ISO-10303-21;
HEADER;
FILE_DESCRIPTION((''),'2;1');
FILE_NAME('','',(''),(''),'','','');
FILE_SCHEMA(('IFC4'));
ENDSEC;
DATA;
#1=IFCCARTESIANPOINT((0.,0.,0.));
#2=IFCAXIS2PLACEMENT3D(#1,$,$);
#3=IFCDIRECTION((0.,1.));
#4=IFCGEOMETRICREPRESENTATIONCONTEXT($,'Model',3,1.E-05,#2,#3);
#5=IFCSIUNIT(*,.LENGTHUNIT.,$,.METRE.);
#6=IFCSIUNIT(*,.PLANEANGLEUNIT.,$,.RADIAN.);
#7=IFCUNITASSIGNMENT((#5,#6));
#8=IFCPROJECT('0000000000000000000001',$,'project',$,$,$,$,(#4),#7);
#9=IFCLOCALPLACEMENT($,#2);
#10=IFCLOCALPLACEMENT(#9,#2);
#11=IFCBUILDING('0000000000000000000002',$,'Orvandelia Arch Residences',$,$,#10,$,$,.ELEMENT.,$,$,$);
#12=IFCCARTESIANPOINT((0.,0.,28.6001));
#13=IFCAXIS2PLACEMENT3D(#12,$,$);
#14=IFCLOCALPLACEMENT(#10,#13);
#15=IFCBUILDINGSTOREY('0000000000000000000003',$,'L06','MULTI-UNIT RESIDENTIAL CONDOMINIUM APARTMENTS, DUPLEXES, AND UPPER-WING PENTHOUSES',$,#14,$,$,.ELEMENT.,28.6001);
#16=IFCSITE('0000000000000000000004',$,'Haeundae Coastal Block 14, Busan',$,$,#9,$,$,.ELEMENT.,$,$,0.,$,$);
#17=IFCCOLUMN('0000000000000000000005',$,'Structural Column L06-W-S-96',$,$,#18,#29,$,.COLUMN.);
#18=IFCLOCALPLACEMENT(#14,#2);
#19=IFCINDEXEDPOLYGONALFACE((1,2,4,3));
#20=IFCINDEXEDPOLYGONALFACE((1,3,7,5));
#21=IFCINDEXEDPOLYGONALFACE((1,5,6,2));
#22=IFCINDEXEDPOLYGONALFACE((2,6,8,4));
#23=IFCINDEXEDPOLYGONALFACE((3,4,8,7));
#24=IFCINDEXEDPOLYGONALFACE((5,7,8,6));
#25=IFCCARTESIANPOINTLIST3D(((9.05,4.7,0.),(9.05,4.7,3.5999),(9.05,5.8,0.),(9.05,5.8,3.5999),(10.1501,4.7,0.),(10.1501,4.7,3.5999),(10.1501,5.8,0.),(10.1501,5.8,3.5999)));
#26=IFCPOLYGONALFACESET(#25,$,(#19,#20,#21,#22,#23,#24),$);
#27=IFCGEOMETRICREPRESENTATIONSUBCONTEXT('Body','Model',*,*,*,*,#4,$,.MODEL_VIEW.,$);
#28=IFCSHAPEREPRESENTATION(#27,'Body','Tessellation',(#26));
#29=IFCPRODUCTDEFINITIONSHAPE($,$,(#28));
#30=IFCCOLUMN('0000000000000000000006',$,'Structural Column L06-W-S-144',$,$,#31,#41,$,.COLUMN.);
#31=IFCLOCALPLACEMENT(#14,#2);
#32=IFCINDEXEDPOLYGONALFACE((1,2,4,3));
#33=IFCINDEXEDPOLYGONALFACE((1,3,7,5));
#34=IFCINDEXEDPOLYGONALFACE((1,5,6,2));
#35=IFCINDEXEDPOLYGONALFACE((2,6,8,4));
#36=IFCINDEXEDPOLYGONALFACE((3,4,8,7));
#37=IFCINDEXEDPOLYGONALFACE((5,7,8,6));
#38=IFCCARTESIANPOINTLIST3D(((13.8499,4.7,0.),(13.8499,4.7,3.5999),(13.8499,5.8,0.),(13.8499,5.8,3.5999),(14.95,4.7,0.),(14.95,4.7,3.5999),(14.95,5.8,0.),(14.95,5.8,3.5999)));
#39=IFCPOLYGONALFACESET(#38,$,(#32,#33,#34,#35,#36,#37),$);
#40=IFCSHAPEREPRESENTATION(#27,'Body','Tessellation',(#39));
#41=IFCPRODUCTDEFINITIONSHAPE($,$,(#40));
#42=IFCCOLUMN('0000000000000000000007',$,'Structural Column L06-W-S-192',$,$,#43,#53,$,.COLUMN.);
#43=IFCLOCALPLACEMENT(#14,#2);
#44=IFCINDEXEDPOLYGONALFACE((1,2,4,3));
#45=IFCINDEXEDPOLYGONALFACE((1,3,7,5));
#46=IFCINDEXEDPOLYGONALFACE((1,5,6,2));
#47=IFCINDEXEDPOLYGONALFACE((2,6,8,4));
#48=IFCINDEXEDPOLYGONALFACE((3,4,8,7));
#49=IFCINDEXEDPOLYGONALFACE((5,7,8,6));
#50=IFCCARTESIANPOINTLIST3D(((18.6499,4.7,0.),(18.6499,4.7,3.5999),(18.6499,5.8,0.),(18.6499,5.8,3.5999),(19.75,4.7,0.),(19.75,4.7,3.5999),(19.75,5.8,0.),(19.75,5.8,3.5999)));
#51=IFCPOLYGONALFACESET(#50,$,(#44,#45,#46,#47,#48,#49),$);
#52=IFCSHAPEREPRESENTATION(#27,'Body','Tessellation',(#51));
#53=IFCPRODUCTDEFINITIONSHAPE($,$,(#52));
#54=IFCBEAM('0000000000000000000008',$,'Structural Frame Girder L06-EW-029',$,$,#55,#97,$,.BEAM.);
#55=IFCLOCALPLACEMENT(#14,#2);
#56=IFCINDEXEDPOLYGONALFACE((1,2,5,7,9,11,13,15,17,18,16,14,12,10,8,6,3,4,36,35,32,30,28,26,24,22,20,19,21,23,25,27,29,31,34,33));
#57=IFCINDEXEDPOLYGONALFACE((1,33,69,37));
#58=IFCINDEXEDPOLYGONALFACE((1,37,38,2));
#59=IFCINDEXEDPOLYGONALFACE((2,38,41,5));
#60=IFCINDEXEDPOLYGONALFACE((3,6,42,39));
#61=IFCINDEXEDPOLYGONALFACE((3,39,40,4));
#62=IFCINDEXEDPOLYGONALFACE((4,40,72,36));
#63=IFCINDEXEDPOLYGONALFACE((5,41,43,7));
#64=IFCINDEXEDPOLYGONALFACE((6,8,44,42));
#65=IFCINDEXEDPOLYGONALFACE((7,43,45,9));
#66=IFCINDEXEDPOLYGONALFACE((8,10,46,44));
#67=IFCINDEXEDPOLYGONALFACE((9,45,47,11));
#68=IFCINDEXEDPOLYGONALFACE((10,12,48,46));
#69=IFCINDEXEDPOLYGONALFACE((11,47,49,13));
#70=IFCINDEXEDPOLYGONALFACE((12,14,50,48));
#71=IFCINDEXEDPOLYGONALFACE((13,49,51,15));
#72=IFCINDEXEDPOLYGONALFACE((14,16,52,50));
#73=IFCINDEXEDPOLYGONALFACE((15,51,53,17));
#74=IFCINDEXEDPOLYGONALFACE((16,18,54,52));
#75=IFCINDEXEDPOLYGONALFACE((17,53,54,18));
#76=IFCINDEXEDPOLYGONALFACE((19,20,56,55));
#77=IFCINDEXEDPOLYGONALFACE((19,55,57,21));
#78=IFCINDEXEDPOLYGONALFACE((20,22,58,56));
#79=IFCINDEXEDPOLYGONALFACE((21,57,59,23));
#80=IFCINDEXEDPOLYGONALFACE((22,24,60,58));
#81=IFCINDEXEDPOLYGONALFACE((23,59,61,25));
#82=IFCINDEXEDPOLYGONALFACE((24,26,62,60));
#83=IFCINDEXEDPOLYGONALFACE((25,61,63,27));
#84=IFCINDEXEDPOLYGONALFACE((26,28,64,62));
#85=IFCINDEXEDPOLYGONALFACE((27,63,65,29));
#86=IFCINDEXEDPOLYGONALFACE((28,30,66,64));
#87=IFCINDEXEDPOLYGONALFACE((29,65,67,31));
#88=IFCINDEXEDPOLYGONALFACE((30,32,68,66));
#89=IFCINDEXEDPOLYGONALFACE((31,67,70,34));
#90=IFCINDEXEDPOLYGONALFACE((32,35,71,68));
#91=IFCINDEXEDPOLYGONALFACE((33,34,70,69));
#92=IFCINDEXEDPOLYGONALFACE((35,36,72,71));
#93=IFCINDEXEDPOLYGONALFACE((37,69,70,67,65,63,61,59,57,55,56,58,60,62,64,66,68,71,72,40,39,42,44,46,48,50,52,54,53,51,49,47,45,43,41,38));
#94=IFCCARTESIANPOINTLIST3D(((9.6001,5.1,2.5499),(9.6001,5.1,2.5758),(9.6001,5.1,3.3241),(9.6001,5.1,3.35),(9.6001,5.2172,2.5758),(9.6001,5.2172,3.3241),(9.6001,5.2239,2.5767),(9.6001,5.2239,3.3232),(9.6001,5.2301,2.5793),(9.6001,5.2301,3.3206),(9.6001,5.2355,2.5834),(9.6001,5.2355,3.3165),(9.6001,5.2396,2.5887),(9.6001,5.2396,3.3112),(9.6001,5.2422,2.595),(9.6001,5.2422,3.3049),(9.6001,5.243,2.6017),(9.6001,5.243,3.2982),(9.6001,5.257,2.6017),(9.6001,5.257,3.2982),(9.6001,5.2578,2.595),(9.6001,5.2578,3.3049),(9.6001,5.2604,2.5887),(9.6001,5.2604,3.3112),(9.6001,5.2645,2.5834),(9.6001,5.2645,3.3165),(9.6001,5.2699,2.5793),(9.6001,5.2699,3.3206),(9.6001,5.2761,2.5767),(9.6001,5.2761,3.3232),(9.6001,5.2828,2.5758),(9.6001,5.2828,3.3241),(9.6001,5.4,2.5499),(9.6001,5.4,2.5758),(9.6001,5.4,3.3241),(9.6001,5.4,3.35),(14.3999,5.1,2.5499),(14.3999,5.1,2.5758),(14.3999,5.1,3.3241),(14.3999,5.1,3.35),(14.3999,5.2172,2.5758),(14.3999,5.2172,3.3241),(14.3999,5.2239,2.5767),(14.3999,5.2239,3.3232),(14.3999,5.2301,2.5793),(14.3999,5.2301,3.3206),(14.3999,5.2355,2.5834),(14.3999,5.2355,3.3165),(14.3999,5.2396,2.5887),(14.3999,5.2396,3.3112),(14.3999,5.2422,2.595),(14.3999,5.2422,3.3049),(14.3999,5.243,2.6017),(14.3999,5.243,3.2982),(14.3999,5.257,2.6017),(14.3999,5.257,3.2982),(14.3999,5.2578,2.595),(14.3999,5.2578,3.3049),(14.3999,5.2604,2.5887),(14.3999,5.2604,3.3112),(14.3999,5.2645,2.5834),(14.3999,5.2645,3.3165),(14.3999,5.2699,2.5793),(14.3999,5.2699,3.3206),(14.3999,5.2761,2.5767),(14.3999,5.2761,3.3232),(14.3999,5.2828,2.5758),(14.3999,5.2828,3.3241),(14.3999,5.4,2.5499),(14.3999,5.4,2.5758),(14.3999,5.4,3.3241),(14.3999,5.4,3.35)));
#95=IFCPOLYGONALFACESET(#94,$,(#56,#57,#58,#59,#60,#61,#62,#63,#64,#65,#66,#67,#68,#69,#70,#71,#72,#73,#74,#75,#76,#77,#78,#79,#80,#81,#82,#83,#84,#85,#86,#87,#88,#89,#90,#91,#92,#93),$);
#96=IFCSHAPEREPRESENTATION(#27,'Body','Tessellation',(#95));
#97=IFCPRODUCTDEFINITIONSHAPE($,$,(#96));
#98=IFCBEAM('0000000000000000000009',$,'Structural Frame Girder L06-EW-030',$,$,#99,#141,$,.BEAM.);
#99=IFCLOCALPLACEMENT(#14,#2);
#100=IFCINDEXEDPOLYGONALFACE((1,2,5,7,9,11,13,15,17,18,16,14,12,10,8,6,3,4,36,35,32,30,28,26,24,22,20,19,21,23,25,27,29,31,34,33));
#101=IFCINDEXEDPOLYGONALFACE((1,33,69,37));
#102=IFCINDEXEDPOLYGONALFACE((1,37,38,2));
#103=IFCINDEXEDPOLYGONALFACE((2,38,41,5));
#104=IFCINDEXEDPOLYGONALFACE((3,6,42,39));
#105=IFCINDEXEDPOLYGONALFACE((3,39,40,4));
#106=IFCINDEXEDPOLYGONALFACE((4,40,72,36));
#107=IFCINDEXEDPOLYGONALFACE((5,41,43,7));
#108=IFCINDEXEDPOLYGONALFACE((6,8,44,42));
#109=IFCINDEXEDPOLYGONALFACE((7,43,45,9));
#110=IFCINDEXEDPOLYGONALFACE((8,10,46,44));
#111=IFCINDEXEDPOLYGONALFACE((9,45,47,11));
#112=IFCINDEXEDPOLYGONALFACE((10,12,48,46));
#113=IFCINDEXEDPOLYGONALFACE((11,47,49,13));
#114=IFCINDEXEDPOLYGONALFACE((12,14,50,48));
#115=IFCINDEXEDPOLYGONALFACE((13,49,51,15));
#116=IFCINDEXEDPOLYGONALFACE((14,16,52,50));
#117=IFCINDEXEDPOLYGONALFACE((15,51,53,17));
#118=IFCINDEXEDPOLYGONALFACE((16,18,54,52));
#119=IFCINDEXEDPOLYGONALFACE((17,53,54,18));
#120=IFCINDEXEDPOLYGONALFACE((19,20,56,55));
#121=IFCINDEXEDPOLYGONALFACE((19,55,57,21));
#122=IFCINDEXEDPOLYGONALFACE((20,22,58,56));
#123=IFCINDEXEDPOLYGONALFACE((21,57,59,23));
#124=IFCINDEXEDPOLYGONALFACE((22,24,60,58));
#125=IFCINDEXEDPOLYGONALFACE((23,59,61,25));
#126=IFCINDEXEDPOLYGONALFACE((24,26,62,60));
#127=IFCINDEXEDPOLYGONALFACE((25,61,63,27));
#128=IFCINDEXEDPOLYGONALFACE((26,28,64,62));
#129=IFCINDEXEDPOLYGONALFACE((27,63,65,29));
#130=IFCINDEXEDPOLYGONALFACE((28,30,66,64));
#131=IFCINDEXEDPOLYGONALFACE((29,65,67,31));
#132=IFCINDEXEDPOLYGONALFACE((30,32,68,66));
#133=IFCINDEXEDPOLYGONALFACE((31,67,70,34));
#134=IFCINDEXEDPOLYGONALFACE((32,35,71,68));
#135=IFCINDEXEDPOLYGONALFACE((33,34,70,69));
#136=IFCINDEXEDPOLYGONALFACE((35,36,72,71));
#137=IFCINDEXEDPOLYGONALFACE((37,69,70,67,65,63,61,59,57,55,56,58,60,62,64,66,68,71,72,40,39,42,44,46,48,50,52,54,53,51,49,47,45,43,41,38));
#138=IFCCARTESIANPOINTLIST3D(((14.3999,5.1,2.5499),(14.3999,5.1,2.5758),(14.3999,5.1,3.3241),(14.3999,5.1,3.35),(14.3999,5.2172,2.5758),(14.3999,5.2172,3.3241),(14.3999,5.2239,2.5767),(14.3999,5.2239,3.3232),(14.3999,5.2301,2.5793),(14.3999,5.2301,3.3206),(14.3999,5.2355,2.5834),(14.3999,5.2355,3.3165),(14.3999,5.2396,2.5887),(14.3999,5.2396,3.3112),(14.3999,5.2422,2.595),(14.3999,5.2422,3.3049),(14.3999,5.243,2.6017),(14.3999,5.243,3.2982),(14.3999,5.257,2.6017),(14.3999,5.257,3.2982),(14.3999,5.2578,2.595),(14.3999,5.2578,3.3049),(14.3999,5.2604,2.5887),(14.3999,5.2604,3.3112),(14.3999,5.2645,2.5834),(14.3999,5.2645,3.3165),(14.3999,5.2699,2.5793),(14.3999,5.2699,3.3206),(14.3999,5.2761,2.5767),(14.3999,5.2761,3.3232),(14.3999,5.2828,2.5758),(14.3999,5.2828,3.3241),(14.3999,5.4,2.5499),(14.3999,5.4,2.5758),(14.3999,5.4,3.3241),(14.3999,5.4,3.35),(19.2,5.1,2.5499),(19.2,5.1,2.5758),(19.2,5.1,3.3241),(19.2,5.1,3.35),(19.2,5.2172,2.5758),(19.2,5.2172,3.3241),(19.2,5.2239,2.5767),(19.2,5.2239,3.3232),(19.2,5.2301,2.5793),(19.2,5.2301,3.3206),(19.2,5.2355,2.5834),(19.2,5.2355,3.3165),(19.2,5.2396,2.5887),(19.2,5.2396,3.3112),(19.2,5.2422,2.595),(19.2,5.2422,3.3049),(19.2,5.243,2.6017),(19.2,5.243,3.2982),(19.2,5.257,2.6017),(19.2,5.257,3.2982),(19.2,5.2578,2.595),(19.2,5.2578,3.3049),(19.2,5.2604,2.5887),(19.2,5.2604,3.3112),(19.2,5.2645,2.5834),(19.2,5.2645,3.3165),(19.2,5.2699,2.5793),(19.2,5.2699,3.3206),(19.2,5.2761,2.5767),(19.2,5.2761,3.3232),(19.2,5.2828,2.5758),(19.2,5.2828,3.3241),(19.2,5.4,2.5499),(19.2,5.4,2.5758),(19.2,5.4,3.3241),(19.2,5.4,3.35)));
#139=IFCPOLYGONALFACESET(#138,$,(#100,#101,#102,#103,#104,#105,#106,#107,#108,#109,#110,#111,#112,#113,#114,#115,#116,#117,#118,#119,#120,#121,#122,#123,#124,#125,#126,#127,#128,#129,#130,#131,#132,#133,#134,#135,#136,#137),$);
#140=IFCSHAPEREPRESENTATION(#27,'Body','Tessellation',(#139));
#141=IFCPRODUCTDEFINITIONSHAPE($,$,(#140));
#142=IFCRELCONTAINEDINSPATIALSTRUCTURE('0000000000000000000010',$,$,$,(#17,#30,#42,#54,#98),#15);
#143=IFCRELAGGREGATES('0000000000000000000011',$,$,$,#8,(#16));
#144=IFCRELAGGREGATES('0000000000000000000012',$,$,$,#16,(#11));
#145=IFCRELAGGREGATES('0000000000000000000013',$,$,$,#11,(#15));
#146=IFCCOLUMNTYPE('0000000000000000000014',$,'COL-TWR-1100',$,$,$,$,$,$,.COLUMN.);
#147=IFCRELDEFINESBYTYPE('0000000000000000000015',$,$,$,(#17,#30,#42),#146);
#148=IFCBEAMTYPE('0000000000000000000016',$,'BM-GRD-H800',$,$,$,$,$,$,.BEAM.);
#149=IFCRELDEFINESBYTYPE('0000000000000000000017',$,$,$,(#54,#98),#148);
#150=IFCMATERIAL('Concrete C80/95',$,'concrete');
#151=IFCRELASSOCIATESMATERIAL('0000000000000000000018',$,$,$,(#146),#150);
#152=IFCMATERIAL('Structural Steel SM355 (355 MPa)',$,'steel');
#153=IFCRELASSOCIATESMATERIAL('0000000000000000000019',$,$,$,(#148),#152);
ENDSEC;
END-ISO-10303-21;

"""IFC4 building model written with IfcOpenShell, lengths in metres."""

from ifc_helpers import new_model, si_unit, direction, frame, origin, origin_2d, place, context, subcontext, project, spatial, rectangle, i_section, extrude, material, material_profile, profile_set, type_object, element, save


model = new_model("IFC4")

# Units and contexts
model_context = context("Model", 3, precision=1e-05, world=origin(), true_north=direction((0.0, 1.0)))
body_context = subcontext(model_context, "Body", "Model", "MODEL_VIEW")
ifc_project = project(units=[si_unit("LENGTHUNIT", "METRE"), si_unit("PLANEANGLEUNIT", "RADIAN")], contexts=[model_context])

# Site, building, storey
site_placement = place(None, origin())
site = spatial("IfcSite", under=ifc_project, at=site_placement, Name="Haeundae Coastal Block 14, Busan", CompositionType="ELEMENT", RefElevation=0.0)
building_placement = place(site_placement, origin())
building = spatial("IfcBuilding", under=site, at=building_placement, Name="Orvandelia Arch Residences", CompositionType="ELEMENT")
storey_placement = place(building_placement, frame((0.0, 0.0, 28.6001)))
storey = spatial("IfcBuildingStorey", under=building, at=storey_placement, Name="L06", Description="MULTI-UNIT RESIDENTIAL CONDOMINIUM APARTMENTS, DUPLEXES, AND UPPER-WING PENTHOUSES", CompositionType="ELEMENT", Elevation=28.6001)

# Columns
ifc_material_1 = material(Name="Concrete C80/95", Category="concrete")
ifc_material_profile_1 = material_profile(ifc_material_1, rectangle(XDim=1.1001, YDim=1.1001, at=origin_2d()), Name="Concrete C80/95", Category="concrete")
ifc_profile_set_1 = profile_set([ifc_material_profile_1], Name="Concrete C80/95")
column_type = type_object("IfcColumnType", Name="COL-TWR-1100", PredefinedType="COLUMN", material=ifc_profile_set_1)
for number, where, z_axis, x_axis, name in (
    (1, (9.6001, 5.25, 0.0), (0.0, 0.0, 1.0), (1.0, 0.0, 0.0), "Structural Column L06-W-S-96"),
    (2, (14.3999, 5.25, 0.0), (0.0, 0.0, 1.0), (1.0, 0.0, 0.0), "Structural Column L06-W-S-144"),
    (3, (19.2, 5.25, 0.0), (0.0, 0.0, 1.0), (1.0, 0.0, 0.0), "Structural Column L06-W-S-192"),
):
    element("IfcColumn", number, at=place(storey_placement, frame(where, z_axis=z_axis, x_axis=x_axis)), inside=storey, type_object=column_type, Name=name, PredefinedType="COLUMN", context=body_context, shape_type="SweptSolid", body=[
        extrude(rectangle(XDim=1.1001, YDim=1.1001, at=origin_2d()), origin(), (0.0, 0.0, 1.0), 3.5999),
    ])

# Beams
ifc_material_2 = material(Name="Structural Steel SM355 (355 MPa)", Category="steel")
ifc_material_profile_2 = material_profile(ifc_material_2, i_section(OverallWidth=0.3, OverallDepth=0.8, WebThickness=0.0139, FlangeThickness=0.0259, FilletRadius=0.0259, at=origin_2d()), Name="Structural Steel SM355 (355 MPa)", Category="steel")
ifc_profile_set_2 = profile_set([ifc_material_profile_2], Name="Structural Steel SM355 (355 MPa)")
beam_type = type_object("IfcBeamType", Name="BM-GRD-H800", PredefinedType="BEAM", material=ifc_profile_set_2)
beam_1_placement = place(storey_placement, frame((9.6001, 5.25, 2.95), z_axis=(1.0, 0.0, 0.0), x_axis=(0.0, 1.0, 0.0)))
element("IfcBeam", 4, at=beam_1_placement, inside=storey, type_object=beam_type, Name="Structural Frame Girder L06-EW-029", PredefinedType="BEAM", context=body_context, shape_type="SweptSolid", body=[
    extrude(i_section(OverallWidth=0.3, OverallDepth=0.8, WebThickness=0.0139, FlangeThickness=0.0259, FilletRadius=0.0259, at=origin_2d()), origin(), (0.0, 0.0, 1.0), 4.7998),
])
beam_2_placement = place(storey_placement, frame((14.3999, 5.25, 2.95), z_axis=(1.0, 0.0, 0.0), x_axis=(0.0, 1.0, 0.0)))
element("IfcBeam", 5, at=beam_2_placement, inside=storey, type_object=beam_type, Name="Structural Frame Girder L06-EW-030", PredefinedType="BEAM", context=body_context, shape_type="SweptSolid", body=[
    extrude(i_section(OverallWidth=0.3, OverallDepth=0.8, WebThickness=0.0139, FlangeThickness=0.0259, FilletRadius=0.0259, at=origin_2d()), origin(), (0.0, 0.0, 1.0), 4.8),
])

save(model, "model.ifc")
